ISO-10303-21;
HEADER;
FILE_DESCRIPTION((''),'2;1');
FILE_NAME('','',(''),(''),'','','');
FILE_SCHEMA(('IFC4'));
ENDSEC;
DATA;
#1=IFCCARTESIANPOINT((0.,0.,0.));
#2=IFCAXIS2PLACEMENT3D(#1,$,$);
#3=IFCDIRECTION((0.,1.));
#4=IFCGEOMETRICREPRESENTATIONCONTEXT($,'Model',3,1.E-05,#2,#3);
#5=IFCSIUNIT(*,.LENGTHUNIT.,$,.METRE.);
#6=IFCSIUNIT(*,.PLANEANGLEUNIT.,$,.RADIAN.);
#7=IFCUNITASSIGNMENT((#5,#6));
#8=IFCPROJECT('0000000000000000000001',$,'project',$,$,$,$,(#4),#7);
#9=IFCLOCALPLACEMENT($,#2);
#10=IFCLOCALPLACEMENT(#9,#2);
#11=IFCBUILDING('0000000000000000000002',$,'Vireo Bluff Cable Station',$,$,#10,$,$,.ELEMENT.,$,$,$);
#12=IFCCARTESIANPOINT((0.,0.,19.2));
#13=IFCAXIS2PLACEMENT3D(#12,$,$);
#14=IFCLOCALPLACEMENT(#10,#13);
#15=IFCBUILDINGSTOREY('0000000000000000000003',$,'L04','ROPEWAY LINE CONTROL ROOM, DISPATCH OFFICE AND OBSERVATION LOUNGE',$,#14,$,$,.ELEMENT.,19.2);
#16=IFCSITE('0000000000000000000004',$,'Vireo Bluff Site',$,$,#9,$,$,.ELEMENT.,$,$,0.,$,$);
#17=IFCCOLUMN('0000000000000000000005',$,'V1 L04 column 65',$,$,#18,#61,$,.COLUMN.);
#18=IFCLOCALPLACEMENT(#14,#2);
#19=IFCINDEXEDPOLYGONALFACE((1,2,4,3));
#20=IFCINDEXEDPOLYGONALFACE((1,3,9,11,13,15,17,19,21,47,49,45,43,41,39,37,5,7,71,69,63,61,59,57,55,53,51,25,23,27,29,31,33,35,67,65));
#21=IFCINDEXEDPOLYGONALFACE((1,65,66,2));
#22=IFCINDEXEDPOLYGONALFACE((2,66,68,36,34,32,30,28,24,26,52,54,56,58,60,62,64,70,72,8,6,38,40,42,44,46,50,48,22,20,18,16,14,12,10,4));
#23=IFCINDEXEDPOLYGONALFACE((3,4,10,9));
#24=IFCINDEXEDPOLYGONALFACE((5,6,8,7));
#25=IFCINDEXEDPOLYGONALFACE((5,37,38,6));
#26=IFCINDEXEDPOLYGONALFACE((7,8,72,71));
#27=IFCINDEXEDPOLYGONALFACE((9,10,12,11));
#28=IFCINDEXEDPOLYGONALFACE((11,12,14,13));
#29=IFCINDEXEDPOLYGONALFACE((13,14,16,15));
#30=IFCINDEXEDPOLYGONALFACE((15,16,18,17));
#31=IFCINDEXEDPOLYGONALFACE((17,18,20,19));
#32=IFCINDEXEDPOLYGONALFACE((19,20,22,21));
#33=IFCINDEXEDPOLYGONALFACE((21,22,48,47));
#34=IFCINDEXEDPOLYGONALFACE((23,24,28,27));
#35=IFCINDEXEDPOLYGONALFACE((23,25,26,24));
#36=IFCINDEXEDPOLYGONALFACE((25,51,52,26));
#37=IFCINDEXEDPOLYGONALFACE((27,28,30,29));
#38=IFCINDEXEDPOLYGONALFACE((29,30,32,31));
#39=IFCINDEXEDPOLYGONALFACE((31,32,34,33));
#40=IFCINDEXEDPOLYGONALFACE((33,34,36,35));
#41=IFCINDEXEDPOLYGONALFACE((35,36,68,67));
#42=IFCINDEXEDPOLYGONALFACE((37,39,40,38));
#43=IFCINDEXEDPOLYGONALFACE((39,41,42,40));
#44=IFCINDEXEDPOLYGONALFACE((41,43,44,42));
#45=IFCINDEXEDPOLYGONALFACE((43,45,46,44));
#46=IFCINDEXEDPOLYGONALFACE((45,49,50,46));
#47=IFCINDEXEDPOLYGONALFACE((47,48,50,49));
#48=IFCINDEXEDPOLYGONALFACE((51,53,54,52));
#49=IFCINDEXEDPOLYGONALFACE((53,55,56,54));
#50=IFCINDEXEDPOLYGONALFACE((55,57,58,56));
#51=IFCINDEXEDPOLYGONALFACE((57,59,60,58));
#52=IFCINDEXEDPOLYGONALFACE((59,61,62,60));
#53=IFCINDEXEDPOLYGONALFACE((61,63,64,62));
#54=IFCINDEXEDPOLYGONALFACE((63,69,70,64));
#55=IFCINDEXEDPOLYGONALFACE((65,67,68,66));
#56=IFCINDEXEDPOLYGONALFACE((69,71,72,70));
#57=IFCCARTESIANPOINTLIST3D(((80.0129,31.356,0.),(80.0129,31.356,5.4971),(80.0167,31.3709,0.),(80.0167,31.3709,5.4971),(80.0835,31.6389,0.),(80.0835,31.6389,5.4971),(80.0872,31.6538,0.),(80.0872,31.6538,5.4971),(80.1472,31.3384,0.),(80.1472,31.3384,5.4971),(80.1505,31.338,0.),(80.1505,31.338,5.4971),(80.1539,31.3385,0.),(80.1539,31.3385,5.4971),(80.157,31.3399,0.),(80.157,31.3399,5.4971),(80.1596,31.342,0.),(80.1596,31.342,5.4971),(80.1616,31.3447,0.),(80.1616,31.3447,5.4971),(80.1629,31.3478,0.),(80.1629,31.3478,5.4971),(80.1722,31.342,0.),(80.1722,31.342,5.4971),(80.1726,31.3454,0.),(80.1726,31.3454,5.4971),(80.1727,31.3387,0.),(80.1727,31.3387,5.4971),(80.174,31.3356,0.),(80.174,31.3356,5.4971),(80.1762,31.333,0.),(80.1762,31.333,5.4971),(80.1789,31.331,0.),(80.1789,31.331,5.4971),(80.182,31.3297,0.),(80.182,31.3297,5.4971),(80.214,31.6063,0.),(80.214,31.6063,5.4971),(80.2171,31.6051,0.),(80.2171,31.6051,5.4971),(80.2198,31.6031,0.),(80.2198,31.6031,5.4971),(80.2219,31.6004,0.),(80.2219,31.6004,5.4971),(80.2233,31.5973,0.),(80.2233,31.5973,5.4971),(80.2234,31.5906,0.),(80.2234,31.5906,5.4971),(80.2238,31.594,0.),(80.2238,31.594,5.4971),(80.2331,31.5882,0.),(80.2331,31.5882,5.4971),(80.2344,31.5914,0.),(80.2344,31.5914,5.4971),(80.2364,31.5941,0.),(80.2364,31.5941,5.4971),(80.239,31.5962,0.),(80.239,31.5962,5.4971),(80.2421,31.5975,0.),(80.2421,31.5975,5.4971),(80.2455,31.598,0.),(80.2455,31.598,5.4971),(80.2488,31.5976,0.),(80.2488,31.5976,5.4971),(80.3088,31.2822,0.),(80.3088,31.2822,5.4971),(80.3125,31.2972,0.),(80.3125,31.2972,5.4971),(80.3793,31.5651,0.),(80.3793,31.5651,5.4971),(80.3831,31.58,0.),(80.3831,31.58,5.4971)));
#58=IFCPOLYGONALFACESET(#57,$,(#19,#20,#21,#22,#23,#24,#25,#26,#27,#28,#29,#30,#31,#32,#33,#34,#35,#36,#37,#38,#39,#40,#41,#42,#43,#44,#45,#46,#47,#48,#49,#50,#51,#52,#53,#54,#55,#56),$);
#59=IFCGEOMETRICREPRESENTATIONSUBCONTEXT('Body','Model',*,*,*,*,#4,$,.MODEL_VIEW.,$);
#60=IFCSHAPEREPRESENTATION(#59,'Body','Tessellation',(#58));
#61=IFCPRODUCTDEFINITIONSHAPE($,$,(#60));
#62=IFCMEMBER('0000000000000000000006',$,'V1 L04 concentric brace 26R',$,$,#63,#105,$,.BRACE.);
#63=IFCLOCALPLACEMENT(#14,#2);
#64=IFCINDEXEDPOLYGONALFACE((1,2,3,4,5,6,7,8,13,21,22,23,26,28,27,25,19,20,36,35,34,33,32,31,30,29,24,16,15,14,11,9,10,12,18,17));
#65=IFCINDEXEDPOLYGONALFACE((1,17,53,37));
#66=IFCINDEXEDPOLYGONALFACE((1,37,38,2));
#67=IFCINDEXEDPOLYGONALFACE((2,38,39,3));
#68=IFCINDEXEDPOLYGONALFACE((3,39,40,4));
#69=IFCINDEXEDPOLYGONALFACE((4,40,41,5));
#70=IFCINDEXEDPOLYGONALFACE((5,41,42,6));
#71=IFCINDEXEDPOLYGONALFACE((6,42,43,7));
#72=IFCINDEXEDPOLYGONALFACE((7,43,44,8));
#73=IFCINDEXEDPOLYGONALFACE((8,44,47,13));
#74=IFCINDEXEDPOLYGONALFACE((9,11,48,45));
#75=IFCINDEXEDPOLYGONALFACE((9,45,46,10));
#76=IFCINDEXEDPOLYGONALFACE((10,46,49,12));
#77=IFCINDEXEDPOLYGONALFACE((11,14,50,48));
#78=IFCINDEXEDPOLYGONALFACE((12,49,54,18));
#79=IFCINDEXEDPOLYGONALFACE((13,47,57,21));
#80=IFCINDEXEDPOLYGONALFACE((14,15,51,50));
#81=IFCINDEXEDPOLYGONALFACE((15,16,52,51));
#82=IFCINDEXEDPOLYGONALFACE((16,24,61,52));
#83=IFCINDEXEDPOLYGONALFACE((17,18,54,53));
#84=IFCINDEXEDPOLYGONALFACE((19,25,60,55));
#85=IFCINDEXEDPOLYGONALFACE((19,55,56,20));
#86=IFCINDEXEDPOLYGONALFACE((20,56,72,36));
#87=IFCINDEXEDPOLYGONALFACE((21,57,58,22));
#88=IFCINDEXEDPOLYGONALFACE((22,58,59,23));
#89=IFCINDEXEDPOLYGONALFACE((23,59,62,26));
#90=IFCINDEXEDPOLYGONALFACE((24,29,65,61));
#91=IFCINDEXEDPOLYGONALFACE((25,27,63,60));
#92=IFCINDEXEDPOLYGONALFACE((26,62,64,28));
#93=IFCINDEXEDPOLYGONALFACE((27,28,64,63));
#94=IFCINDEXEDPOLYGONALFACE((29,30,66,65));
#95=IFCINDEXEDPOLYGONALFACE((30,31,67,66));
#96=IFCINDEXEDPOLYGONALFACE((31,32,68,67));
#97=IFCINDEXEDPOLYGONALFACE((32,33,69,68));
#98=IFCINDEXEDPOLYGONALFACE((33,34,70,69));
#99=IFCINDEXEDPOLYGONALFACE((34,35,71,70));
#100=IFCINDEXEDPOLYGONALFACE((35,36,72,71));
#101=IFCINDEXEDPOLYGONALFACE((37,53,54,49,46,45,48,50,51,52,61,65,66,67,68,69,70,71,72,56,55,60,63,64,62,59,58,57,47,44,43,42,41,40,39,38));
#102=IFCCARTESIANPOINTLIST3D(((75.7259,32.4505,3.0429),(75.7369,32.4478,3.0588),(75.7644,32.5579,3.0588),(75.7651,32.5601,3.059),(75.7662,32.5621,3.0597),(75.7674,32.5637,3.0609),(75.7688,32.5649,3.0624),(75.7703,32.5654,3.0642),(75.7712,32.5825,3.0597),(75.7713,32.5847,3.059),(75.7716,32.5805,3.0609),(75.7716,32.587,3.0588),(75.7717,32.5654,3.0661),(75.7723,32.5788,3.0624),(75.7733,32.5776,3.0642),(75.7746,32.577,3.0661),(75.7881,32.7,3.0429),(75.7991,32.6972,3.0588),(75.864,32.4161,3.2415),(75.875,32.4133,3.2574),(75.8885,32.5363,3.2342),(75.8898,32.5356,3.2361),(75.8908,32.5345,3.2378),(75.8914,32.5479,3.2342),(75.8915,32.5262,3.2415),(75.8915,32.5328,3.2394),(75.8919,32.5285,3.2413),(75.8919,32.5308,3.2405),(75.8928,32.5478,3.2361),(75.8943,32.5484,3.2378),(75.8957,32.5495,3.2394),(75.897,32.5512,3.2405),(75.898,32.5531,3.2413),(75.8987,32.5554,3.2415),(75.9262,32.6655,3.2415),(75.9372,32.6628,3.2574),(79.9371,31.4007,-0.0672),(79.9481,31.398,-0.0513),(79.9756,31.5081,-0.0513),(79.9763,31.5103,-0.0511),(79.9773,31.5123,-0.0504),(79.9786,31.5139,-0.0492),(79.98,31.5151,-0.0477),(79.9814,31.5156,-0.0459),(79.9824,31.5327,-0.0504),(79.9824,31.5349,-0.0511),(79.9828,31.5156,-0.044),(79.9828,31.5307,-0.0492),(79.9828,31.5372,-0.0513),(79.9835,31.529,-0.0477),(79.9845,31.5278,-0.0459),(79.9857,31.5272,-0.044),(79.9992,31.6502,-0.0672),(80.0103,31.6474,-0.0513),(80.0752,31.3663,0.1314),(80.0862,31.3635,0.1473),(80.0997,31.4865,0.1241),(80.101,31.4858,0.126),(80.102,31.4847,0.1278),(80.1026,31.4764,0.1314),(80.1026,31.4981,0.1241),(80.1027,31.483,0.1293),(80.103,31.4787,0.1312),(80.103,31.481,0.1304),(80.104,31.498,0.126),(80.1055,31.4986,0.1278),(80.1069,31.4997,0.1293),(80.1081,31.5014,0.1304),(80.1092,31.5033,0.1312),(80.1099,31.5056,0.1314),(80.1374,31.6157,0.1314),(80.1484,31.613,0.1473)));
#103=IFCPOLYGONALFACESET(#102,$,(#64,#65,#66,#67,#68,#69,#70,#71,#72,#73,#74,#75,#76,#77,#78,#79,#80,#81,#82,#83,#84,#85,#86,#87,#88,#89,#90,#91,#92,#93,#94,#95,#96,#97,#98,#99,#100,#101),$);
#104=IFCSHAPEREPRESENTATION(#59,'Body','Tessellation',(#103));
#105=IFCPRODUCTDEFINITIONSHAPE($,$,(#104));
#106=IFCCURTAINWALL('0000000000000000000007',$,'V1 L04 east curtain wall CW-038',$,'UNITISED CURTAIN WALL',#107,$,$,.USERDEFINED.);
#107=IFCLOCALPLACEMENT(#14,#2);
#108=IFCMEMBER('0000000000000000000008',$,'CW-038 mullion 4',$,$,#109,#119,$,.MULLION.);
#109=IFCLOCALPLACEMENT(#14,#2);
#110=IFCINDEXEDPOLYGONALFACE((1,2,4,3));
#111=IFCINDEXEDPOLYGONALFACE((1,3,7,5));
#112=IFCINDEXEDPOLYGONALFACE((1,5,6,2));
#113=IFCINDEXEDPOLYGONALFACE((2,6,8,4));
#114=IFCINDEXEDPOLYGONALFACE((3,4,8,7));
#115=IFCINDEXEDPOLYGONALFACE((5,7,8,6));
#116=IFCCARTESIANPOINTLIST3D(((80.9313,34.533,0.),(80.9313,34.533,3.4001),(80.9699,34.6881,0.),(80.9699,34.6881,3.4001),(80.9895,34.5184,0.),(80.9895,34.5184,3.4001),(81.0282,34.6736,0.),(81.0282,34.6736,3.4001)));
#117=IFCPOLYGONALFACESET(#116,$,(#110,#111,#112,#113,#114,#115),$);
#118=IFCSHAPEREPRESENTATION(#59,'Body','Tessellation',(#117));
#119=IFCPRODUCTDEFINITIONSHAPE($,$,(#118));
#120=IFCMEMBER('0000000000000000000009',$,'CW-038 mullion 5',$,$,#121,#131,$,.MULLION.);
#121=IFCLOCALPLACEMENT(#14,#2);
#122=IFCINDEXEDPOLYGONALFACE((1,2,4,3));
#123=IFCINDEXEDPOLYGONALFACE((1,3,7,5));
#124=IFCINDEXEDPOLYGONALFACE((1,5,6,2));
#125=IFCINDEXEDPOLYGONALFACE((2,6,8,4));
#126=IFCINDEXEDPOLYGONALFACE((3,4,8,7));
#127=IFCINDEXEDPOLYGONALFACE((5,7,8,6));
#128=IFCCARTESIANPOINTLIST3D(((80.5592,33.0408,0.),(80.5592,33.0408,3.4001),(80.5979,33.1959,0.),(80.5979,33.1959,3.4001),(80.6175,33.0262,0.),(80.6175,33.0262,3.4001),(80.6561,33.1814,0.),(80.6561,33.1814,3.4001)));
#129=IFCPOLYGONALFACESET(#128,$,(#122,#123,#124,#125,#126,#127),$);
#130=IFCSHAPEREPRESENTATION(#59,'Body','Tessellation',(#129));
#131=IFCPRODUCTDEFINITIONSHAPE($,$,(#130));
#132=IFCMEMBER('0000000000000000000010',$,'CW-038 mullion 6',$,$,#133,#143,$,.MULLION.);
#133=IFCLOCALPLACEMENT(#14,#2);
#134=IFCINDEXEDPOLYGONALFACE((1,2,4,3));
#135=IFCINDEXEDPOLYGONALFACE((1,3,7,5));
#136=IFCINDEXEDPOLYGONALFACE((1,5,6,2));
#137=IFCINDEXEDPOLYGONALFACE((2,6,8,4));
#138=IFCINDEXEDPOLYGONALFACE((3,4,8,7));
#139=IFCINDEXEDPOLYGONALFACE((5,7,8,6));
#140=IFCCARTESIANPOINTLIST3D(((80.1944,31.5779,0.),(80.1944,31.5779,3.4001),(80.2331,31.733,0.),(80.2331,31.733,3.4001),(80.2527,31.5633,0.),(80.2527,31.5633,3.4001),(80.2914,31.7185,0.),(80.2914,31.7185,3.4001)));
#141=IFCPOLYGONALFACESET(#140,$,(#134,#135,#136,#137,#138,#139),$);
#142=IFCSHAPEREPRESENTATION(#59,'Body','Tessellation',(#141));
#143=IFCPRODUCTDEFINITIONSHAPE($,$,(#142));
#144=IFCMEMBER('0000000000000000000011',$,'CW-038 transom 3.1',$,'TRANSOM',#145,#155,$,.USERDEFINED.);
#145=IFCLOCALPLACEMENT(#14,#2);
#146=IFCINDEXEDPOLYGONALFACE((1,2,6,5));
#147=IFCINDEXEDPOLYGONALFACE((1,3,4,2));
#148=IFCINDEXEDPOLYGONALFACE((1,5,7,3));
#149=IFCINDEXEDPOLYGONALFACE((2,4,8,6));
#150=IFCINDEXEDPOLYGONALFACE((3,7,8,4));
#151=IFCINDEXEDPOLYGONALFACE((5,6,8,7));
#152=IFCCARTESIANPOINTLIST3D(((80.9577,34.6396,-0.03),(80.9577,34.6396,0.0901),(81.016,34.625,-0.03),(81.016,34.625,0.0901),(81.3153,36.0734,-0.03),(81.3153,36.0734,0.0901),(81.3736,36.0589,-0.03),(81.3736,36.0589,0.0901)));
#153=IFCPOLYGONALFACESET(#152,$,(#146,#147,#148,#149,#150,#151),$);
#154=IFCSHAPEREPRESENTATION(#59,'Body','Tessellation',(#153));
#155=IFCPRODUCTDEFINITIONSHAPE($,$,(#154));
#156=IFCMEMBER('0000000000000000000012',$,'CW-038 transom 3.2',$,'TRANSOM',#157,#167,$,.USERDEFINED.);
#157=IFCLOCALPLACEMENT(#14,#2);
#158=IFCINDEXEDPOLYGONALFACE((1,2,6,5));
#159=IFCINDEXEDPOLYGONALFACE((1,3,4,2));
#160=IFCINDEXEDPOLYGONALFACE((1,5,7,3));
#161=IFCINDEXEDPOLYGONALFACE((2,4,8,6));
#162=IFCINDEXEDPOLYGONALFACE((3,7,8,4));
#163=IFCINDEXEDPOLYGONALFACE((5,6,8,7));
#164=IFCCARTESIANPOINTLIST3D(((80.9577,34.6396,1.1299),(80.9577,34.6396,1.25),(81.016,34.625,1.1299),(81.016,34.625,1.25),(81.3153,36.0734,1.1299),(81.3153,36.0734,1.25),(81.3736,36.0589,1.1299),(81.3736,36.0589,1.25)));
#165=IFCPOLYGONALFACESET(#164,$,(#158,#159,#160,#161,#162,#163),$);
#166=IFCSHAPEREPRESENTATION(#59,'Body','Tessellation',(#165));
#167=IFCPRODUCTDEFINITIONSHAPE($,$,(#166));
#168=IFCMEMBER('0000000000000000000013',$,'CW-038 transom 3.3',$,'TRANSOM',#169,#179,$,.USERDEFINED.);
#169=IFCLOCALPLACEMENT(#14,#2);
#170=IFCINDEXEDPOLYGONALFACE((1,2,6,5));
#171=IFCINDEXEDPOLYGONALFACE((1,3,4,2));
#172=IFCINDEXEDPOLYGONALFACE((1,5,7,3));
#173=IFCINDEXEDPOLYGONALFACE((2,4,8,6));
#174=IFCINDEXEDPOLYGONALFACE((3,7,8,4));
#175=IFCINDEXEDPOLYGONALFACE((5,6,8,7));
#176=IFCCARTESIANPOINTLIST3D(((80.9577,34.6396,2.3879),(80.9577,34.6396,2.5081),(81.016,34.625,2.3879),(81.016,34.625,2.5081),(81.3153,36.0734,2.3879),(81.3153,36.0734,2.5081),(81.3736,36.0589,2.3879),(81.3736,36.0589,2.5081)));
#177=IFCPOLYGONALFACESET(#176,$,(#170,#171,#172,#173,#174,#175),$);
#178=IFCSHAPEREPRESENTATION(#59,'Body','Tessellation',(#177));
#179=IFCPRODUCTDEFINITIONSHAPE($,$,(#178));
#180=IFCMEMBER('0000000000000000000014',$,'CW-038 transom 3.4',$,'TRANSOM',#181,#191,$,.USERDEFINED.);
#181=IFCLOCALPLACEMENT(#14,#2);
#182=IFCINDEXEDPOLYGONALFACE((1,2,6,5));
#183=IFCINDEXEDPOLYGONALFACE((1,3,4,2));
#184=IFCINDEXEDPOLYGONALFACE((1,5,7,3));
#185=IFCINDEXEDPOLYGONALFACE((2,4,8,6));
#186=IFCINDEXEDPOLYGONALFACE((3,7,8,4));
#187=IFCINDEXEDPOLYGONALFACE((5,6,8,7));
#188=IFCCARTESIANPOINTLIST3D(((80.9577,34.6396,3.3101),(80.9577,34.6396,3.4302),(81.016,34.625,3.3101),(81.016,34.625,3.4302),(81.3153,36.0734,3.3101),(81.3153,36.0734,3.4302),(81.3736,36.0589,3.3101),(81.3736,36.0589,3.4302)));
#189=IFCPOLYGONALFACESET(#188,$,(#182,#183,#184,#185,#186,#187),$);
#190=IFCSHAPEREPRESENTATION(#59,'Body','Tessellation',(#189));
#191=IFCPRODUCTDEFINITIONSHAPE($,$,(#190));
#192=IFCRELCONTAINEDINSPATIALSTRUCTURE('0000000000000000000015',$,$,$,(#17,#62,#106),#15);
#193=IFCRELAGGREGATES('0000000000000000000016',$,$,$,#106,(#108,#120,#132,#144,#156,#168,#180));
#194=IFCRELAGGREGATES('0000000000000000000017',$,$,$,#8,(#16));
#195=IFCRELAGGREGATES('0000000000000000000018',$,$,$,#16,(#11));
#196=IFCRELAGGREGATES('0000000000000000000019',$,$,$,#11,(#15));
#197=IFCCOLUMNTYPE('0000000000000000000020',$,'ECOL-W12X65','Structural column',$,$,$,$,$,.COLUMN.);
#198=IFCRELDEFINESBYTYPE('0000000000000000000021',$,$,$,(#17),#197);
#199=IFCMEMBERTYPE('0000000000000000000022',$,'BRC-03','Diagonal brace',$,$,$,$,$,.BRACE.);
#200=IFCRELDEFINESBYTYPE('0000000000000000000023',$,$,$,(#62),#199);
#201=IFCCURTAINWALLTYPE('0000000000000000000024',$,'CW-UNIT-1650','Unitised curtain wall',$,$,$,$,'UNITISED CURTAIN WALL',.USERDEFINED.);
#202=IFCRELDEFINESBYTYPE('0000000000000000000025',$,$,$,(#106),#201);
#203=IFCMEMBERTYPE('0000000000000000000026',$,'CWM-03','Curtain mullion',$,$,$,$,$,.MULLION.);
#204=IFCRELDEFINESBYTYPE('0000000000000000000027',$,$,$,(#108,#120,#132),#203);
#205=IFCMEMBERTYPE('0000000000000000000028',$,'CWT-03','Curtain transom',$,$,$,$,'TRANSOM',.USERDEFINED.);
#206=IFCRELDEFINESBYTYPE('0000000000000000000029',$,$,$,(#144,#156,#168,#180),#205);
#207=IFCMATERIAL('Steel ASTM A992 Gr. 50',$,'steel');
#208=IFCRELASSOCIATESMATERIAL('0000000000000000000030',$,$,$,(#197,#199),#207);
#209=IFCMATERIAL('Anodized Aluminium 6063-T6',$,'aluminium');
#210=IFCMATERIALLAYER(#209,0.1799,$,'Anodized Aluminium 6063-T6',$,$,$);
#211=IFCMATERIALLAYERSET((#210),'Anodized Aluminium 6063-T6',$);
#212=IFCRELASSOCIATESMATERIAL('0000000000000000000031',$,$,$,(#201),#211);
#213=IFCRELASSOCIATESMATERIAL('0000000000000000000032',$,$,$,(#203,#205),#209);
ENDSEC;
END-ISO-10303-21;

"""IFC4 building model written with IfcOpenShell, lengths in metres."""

from ifc_helpers import new_model, si_unit, direction, frame, origin, origin_2d, place, context, subcontext, project, spatial, rectangle, i_section, extrude, material, layer, layer_set, material_profile, profile_set, type_object, element, aggregate, save


model = new_model("IFC4")

# Units and contexts
model_context = context("Model", 3, precision=1e-05, world=origin(), true_north=direction((0.0, 1.0)))
body_context = subcontext(model_context, "Body", "Model", "MODEL_VIEW")
ifc_project = project(units=[si_unit("LENGTHUNIT", "METRE"), si_unit("PLANEANGLEUNIT", "RADIAN")], contexts=[model_context])

# Site, building, storey
site_placement = place(None, origin())
site = spatial("IfcSite", under=ifc_project, at=site_placement, Name="Vireo Bluff Site", CompositionType="ELEMENT", RefElevation=0.0)
building_placement = place(site_placement, origin())
building = spatial("IfcBuilding", under=site, at=building_placement, Name="Vireo Bluff Cable Station", CompositionType="ELEMENT")
storey_placement = place(building_placement, frame((0.0, 0.0, 19.2)))
storey = spatial("IfcBuildingStorey", under=building, at=storey_placement, Name="L04", Description="ROPEWAY LINE CONTROL ROOM, DISPATCH OFFICE AND OBSERVATION LOUNGE", CompositionType="ELEMENT", Elevation=19.2)

# Column
ifc_material_1 = material(Name="Steel ASTM A992 Gr. 50", Category="steel")
ifc_material_profile_1 = material_profile(ifc_material_1, i_section(OverallWidth=0.3049, OverallDepth=0.3069, WebThickness=0.01, FlangeThickness=0.0154, FilletRadius=0.0129, at=origin_2d()), Name="W12X65")
ifc_profile_set_1 = profile_set([ifc_material_profile_1], Name="Steel ASTM A992 Gr. 50")
column_type = type_object("IfcColumnType", Name="ECOL-W12X65", Description="Structural column", PredefinedType="COLUMN", material=ifc_profile_set_1)
column_placement = place(storey_placement, frame((80.198, 31.468, 0.0), z_axis=(0.0, 0.0, 1.0), x_axis=(0.970296, -0.241922, 0.0)))
element("IfcColumn", 1, at=column_placement, inside=storey, type_object=column_type, Name="V1 L04 column 65", PredefinedType="COLUMN", context=body_context, shape_type="SweptSolid", body=[
    extrude(i_section(OverallWidth=0.3049, OverallDepth=0.3069, WebThickness=0.01, FlangeThickness=0.0154, FilletRadius=0.0129, at=origin_2d()), origin(), (0.0, 0.0, 1.0), 5.4971),
])

# Member
ifc_material_profile_2 = material_profile(ifc_material_1, i_section(OverallWidth=0.2571, OverallDepth=0.2639, WebThickness=0.012, FlangeThickness=0.0195, FilletRadius=0.009, at=origin_2d()), Name="W10X68")
ifc_profile_set_2 = profile_set([ifc_material_profile_2], Name="Steel ASTM A992 Gr. 50")
member_type_1 = type_object("IfcMemberType", Name="BRC-03", Description="Diagonal brace", PredefinedType="BRACE", material=ifc_profile_set_2)
member_1_placement = place(storey_placement, frame((80.0427, 31.5068, 0.04), z_axis=(-0.788703, 0.196616, 0.582485), x_axis=(-0.241887, -0.970304, 0.0)))
element("IfcMember", 2, at=member_1_placement, inside=storey, type_object=member_type_1, Name="V1 L04 concentric brace 26R", PredefinedType="BRACE", context=body_context, shape_type="SweptSolid", body=[
    extrude(i_section(OverallWidth=0.2571, OverallDepth=0.2639, WebThickness=0.012, FlangeThickness=0.0195, FilletRadius=0.009, at=origin_2d()), origin(), (0.0, 0.0, 1.0), 5.3394),
])

# Curtain wall, members
ifc_material_2 = material(Name="Anodized Aluminium 6063-T6", Category="aluminium")
ifc_layer_1 = layer(ifc_material_2, 0.1799, Name="Anodized Aluminium 6063-T6")
ifc_layer_set_1 = layer_set([ifc_layer_1], Name="Anodized Aluminium 6063-T6")
curtain_wall_type = type_object("IfcCurtainWallType", Name="CW-UNIT-1650", Description="Unitised curtain wall", ElementType="UNITISED CURTAIN WALL", PredefinedType="USERDEFINED", material=ifc_layer_set_1)
curtain_wall_placement = place(storey_placement, origin())
curtain_wall = element("IfcCurtainWall", 3, at=curtain_wall_placement, inside=storey, type_object=curtain_wall_type, Name="V1 L04 east curtain wall CW-038", ObjectType="UNITISED CURTAIN WALL", PredefinedType="USERDEFINED")
ifc_material_profile_3 = material_profile(ifc_material_2, rectangle(XDim=0.0601, YDim=0.1599, at=origin_2d()), Name="ALU-M-60X160")
ifc_profile_set_3 = profile_set([ifc_material_profile_3], Name="Anodized Aluminium 6063-T6")
member_type_2 = type_object("IfcMemberType", Name="CWM-03", Description="Curtain mullion", PredefinedType="MULLION", material=ifc_profile_set_3)
member_2_placement = place(storey_placement, frame((80.9797, 34.6033, 0.0), z_axis=(0.0, 0.0, 1.0), x_axis=(0.970296, -0.241922, 0.0)))
member_2 = element("IfcMember", 4, at=member_2_placement, type_object=member_type_2, Name="CW-038 mullion 4", PredefinedType="MULLION", context=body_context, shape_type="SweptSolid", body=[
    extrude(rectangle(XDim=0.0601, YDim=0.1599, at=origin_2d()), origin(), (0.0, 0.0, 1.0), 3.4001),
])
member_3_placement = place(storey_placement, frame((80.6077, 33.1111, 0.0), z_axis=(0.0, 0.0, 1.0), x_axis=(0.970296, -0.241922, 0.0)))
member_3 = element("IfcMember", 5, at=member_3_placement, type_object=member_type_2, Name="CW-038 mullion 5", PredefinedType="MULLION", context=body_context, shape_type="SweptSolid", body=[
    extrude(rectangle(XDim=0.0601, YDim=0.1599, at=origin_2d()), origin(), (0.0, 0.0, 1.0), 3.4001),
])
member_4_placement = place(storey_placement, frame((80.2429, 31.6482, 0.0), z_axis=(0.0, 0.0, 1.0), x_axis=(0.970296, -0.241922, 0.0)))
member_4 = element("IfcMember", 6, at=member_4_placement, type_object=member_type_2, Name="CW-038 mullion 6", PredefinedType="MULLION", context=body_context, shape_type="SweptSolid", body=[
    extrude(rectangle(XDim=0.0601, YDim=0.1599, at=origin_2d()), origin(), (0.0, 0.0, 1.0), 3.4001),
])
ifc_material_profile_4 = material_profile(ifc_material_2, rectangle(XDim=0.0601, YDim=0.1201, at=origin_2d()), Name="ALU-T-60X120")
ifc_profile_set_4 = profile_set([ifc_material_profile_4], Name="Anodized Aluminium 6063-T6")
member_type_3 = type_object("IfcMemberType", Name="CWT-03", Description="Curtain transom", ElementType="TRANSOM", PredefinedType="USERDEFINED", material=ifc_profile_set_4)
member_5_placement = place(storey_placement, frame((81.3445, 36.0662, 0.03), z_axis=(-0.24203, -0.970269, 0.0), x_axis=(0.970269, -0.24203, 0.0)))
member_5 = element("IfcMember", 7, at=member_5_placement, type_object=member_type_3, Name="CW-038 transom 3.1", ObjectType="TRANSOM", PredefinedType="USERDEFINED", context=body_context, shape_type="SweptSolid", body=[
    extrude(rectangle(XDim=0.0601, YDim=0.1201, at=origin_2d()), origin(), (0.0, 0.0, 1.0), 1.4778),
])
member_6_placement = place(storey_placement, frame((81.3445, 36.0662, 1.1899), z_axis=(-0.24203, -0.970269, 0.0), x_axis=(0.970269, -0.24203, 0.0)))
member_6 = element("IfcMember", 8, at=member_6_placement, type_object=member_type_3, Name="CW-038 transom 3.2", ObjectType="TRANSOM", PredefinedType="USERDEFINED", context=body_context, shape_type="SweptSolid", body=[
    extrude(rectangle(XDim=0.0601, YDim=0.1201, at=origin_2d()), origin(), (0.0, 0.0, 1.0), 1.4778),
])
member_7_placement = place(storey_placement, frame((81.3445, 36.0662, 2.448), z_axis=(-0.24203, -0.970269, 0.0), x_axis=(0.970269, -0.24203, 0.0)))
member_7 = element("IfcMember", 9, at=member_7_placement, type_object=member_type_3, Name="CW-038 transom 3.3", ObjectType="TRANSOM", PredefinedType="USERDEFINED", context=body_context, shape_type="SweptSolid", body=[
    extrude(rectangle(XDim=0.0601, YDim=0.1201, at=origin_2d()), origin(), (0.0, 0.0, 1.0), 1.4778),
])
member_8_placement = place(storey_placement, frame((81.3445, 36.0662, 3.3701), z_axis=(-0.24203, -0.970269, 0.0), x_axis=(0.970269, -0.24203, 0.0)))
member_8 = element("IfcMember", 10, at=member_8_placement, type_object=member_type_3, Name="CW-038 transom 3.4", ObjectType="TRANSOM", PredefinedType="USERDEFINED", context=body_context, shape_type="SweptSolid", body=[
    extrude(rectangle(XDim=0.0601, YDim=0.1201, at=origin_2d()), origin(), (0.0, 0.0, 1.0), 1.4778),
])

aggregate(curtain_wall, [member_2, member_3, member_4, member_5, member_6, member_7, member_8])

save(model, "model.ifc")
